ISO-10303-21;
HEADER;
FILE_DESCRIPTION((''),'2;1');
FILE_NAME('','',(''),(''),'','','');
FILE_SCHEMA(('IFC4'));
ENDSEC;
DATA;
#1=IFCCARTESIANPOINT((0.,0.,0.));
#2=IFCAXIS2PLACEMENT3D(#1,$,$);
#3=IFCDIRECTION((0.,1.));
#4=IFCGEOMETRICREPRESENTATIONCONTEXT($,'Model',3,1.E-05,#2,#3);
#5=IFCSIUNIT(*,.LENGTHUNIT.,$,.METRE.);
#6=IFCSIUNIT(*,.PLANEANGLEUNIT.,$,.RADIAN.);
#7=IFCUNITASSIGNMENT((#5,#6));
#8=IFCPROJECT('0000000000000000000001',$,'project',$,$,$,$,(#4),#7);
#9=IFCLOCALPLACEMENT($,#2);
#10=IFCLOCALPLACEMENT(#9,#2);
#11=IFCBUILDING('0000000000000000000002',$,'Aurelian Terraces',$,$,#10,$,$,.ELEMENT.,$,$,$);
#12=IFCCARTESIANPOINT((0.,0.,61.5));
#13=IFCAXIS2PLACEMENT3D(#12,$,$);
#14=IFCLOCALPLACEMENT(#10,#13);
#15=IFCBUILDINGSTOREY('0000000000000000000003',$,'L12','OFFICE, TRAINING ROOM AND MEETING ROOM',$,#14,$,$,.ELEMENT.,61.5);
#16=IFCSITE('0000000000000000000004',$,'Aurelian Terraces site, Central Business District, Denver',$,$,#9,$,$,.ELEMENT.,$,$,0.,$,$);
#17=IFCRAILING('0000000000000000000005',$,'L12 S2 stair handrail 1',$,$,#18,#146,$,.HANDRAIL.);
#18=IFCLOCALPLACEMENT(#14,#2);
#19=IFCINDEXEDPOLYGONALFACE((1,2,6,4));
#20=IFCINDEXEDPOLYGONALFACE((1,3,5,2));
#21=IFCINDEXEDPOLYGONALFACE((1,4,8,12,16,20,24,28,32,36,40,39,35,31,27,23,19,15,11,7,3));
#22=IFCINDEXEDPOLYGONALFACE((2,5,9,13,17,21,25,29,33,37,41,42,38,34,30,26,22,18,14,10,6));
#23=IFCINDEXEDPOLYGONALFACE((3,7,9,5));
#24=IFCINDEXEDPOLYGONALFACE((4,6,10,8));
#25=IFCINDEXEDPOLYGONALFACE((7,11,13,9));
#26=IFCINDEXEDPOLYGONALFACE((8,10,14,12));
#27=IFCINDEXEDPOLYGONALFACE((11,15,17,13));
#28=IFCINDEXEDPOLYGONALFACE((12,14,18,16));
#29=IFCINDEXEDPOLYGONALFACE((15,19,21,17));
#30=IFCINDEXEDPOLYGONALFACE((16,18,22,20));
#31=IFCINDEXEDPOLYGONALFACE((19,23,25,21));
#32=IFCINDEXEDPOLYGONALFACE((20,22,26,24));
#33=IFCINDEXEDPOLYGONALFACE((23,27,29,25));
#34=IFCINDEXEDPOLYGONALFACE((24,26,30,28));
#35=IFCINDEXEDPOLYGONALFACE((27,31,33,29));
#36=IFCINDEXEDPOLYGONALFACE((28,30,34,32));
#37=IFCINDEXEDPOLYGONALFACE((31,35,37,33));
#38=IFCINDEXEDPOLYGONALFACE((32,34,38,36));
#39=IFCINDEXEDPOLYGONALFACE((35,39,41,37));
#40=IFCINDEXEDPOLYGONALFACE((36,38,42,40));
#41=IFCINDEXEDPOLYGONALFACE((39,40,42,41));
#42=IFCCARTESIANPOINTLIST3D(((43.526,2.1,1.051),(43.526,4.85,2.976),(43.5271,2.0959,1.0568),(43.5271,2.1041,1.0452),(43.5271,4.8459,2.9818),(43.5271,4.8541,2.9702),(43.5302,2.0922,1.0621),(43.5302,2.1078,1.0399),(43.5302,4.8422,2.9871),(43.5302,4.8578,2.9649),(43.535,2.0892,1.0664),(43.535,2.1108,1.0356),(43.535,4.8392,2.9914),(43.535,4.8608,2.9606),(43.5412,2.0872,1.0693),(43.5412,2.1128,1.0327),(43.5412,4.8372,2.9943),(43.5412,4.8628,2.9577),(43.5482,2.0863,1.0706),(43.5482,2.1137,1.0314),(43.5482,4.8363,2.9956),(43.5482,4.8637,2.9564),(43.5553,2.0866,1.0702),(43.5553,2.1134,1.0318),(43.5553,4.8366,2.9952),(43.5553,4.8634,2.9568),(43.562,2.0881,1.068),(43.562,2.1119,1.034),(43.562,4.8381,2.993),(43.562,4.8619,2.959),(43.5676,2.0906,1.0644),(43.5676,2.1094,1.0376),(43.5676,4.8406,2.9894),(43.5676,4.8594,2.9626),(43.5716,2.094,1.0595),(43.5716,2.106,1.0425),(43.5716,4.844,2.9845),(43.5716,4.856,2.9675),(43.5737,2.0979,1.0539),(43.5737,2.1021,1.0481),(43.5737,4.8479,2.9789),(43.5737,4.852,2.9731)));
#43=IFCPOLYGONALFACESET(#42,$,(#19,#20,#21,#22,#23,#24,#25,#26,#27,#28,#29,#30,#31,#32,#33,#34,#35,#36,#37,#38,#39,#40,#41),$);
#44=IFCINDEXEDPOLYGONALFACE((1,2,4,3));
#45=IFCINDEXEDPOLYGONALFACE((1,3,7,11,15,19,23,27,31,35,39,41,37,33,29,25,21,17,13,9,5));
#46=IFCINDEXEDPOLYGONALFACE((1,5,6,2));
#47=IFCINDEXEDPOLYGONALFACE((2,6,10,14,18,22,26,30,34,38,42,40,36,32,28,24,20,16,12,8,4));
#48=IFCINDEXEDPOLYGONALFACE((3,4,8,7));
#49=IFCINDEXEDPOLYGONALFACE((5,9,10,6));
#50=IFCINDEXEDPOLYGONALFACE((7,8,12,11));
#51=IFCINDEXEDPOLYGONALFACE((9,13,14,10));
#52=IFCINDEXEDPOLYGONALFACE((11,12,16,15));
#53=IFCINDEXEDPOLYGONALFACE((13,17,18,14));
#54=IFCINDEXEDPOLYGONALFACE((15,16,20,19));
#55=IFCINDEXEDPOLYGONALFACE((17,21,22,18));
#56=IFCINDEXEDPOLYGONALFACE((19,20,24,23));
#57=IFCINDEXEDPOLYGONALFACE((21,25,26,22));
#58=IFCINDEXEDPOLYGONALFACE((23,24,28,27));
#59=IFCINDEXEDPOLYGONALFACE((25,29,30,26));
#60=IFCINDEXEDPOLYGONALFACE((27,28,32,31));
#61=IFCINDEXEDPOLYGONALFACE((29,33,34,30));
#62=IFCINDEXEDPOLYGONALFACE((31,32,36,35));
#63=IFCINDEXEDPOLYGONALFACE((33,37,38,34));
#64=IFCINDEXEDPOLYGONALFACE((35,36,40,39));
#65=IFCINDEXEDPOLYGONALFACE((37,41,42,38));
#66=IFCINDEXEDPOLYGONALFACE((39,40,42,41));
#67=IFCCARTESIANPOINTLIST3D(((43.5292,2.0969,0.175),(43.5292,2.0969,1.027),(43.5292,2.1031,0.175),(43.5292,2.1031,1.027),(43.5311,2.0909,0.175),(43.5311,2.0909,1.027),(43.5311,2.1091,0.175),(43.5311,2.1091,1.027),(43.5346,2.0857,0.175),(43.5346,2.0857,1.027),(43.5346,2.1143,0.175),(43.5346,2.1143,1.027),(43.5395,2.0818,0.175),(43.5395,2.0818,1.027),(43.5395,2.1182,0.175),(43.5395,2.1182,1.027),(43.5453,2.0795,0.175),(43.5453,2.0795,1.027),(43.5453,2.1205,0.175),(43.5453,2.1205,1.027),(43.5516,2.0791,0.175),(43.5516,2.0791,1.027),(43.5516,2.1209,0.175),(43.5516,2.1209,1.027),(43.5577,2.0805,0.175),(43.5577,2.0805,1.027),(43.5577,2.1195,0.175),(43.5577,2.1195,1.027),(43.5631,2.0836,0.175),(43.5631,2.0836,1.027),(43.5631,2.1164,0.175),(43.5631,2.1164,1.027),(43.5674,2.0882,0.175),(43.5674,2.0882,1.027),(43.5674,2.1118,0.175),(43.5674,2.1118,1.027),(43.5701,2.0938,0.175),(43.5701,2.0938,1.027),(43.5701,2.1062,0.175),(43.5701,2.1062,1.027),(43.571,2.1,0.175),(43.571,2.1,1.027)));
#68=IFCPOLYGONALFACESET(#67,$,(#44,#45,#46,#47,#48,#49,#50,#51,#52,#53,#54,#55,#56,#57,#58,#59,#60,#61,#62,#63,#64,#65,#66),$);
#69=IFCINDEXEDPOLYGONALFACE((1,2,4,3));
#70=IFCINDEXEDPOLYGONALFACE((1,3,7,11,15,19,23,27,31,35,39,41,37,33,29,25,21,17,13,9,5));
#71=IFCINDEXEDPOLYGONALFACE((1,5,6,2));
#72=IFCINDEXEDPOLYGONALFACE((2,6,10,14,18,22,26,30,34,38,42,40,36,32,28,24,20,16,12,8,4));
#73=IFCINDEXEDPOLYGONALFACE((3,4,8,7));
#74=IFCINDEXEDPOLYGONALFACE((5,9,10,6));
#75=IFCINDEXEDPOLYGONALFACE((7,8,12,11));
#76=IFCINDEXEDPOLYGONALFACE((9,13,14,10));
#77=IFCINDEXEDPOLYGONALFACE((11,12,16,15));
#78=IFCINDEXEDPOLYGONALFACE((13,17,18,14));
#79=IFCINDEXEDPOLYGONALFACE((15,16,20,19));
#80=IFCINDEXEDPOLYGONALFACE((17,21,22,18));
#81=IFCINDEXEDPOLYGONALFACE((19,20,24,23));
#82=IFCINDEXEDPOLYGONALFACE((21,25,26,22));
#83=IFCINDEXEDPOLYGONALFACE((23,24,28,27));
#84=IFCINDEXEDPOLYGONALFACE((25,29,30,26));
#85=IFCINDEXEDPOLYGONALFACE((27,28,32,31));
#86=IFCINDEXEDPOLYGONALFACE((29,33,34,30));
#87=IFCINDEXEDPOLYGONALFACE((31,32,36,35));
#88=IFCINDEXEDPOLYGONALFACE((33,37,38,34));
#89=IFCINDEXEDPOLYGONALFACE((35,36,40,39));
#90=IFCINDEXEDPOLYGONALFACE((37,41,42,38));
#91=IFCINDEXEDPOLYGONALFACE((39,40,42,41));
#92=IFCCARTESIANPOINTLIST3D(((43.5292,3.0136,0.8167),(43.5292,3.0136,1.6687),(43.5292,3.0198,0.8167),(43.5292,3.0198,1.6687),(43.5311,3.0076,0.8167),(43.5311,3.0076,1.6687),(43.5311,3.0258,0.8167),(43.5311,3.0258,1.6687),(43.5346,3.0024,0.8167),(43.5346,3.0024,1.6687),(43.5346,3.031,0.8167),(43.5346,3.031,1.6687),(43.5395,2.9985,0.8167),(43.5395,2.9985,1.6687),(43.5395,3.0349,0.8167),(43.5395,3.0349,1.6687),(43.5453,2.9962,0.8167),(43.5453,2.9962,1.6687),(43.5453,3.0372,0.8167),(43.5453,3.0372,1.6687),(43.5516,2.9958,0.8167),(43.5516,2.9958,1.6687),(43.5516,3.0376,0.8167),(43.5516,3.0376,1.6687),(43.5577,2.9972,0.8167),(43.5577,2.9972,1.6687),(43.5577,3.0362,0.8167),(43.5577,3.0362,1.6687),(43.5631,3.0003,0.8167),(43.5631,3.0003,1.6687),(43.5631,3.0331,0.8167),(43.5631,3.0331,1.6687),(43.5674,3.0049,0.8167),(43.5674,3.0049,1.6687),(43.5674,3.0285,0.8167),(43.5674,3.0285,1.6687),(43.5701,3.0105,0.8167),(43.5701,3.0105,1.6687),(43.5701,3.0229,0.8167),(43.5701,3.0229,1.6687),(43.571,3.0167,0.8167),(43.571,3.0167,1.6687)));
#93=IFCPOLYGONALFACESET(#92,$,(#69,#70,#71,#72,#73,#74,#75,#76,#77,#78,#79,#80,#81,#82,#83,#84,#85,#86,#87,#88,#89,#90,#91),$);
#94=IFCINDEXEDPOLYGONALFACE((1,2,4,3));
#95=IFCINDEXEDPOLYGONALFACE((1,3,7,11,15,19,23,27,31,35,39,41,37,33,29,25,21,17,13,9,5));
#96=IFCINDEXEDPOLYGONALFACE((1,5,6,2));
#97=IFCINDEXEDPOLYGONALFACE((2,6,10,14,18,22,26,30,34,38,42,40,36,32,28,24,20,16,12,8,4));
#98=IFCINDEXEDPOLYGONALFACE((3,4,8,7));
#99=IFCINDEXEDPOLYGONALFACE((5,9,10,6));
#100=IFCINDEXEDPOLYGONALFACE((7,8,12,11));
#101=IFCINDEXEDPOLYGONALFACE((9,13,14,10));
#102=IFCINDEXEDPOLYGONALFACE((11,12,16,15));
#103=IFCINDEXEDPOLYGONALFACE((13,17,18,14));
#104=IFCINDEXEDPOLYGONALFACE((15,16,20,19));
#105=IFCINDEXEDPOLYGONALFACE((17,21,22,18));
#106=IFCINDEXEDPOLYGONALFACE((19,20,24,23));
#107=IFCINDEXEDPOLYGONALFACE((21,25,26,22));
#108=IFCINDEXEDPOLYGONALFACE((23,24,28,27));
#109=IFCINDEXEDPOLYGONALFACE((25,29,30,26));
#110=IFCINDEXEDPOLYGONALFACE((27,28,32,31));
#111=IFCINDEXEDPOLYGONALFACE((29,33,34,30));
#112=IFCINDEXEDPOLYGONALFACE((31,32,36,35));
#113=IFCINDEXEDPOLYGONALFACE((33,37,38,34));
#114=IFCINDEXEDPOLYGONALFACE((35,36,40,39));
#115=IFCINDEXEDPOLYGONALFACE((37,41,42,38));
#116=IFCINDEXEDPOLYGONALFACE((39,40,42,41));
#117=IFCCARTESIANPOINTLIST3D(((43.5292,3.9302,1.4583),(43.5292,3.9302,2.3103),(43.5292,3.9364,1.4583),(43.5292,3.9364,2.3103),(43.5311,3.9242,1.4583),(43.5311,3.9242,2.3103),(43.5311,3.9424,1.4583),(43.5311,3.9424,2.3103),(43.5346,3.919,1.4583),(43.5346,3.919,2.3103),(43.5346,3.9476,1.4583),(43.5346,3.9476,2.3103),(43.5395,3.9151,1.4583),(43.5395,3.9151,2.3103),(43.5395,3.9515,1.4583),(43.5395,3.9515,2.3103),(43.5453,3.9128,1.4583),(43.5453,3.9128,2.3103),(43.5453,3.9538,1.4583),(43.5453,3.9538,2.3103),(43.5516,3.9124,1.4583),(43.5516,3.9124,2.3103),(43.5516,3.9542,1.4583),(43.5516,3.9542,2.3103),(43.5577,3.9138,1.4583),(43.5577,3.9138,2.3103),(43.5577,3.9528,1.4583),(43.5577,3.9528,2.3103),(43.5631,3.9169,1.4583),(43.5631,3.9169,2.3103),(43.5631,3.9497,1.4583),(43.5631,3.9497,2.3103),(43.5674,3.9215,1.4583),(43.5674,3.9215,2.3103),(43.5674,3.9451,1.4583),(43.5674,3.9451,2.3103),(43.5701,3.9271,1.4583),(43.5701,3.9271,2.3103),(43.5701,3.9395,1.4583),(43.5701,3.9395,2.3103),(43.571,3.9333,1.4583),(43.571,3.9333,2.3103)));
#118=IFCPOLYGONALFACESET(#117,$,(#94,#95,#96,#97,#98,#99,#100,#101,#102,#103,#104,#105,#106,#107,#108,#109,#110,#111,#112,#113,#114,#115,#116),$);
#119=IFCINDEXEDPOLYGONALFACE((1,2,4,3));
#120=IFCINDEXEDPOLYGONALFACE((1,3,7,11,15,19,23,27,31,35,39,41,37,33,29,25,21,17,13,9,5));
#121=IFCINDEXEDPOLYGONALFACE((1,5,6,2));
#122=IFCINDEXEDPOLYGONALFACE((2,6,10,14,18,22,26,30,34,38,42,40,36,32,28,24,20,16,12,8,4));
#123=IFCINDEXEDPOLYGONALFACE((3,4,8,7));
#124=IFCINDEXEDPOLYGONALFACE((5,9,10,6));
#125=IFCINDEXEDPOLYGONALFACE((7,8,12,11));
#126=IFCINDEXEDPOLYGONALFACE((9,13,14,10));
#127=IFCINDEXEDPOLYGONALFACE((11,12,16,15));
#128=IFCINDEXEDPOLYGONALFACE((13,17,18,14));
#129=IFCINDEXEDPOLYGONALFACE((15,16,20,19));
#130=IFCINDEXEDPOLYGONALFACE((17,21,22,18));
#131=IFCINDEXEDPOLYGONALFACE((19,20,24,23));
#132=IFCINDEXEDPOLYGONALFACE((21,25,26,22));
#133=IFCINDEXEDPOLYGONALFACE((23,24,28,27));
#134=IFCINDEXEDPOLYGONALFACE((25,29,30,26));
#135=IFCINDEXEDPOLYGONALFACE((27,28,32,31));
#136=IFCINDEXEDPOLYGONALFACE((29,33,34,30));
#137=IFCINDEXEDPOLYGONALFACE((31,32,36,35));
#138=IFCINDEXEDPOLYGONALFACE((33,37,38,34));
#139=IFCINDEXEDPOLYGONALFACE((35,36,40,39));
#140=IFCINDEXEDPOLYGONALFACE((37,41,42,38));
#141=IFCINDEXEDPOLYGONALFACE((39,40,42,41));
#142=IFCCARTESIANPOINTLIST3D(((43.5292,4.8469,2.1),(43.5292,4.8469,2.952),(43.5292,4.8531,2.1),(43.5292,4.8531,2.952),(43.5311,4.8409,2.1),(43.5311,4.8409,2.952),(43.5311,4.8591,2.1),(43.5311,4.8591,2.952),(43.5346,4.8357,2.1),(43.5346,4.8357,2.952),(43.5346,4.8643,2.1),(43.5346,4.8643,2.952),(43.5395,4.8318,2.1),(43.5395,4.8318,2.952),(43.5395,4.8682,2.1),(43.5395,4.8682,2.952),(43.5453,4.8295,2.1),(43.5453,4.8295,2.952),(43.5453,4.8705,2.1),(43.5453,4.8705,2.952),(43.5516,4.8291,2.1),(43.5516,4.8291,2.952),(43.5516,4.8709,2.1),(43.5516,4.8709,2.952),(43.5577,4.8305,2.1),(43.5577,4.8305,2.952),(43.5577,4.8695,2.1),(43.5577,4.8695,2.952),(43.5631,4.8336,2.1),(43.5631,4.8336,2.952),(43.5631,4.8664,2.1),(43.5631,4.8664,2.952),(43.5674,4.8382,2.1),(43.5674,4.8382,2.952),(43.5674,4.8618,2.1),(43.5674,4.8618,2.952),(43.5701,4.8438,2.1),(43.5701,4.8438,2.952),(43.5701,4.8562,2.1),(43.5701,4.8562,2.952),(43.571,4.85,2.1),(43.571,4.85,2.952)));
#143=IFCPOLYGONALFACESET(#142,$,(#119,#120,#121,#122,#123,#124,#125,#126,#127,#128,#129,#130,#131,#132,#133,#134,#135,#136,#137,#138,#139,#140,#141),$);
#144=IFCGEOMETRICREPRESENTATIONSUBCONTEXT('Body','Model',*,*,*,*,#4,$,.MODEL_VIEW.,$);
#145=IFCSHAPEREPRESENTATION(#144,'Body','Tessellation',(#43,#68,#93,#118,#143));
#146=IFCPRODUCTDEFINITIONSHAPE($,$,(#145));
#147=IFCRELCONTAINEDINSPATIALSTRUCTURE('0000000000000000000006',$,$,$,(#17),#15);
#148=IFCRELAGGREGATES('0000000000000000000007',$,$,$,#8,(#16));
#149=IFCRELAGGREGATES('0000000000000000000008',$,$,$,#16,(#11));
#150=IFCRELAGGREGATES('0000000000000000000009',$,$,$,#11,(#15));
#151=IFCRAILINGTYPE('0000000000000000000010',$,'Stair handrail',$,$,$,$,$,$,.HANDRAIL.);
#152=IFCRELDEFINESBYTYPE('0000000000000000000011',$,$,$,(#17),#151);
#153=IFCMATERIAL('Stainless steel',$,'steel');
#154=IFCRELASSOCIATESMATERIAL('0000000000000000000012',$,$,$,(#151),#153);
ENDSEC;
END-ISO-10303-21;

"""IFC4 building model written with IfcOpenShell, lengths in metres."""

from ifc_helpers import new_model, si_unit, direction, frame, origin, origin_2d, place, context, subcontext, project, spatial, circle, extrude, source, transform, mapped, material, type_object, element, save


model = new_model("IFC4")

# Units and contexts
model_context = context("Model", 3, precision=1e-05, world=origin(), true_north=direction((0.0, 1.0)))
body_context = subcontext(model_context, "Body", "Model", "MODEL_VIEW")
ifc_project = project(units=[si_unit("LENGTHUNIT", "METRE"), si_unit("PLANEANGLEUNIT", "RADIAN")], contexts=[model_context])

# Site, building, storey
site_placement = place(None, origin())
site = spatial("IfcSite", under=ifc_project, at=site_placement, Name="Aurelian Terraces site, Central Business District, Denver", CompositionType="ELEMENT", RefElevation=0.0)
building_placement = place(site_placement, origin())
building = spatial("IfcBuilding", under=site, at=building_placement, Name="Aurelian Terraces", CompositionType="ELEMENT")
storey_placement = place(building_placement, frame((0.0, 0.0, 61.5)))
storey = spatial("IfcBuildingStorey", under=building, at=storey_placement, Name="L12", Description="OFFICE, TRAINING ROOM AND MEETING ROOM", CompositionType="ELEMENT", Elevation=61.5)

# Railing
ifc_material_1 = material(Name="Stainless steel", Category="steel")
railing_type_1 = type_object("IfcRailingType", Name="Stair handrail", PredefinedType="HANDRAIL", material=ifc_material_1)
shared_shape_1 = source(origin(), body_context, "Body", "SweptSolid", [
    extrude(circle(Radius=0.024, at=origin_2d()), frame((0.0, 0.0, 0.876), z_axis=(0.0, 0.819232, 0.573462), x_axis=(-1.0, 0.0, 0.0)), (0.0, 0.0, 1.0), 3.3568),
    extrude(circle(Radius=0.021, at=origin_2d()), origin(), (0.0, 0.0, 1.0), 0.852),
    extrude(circle(Radius=0.021, at=origin_2d()), frame((0.0, 0.9167, 0.6417)), (0.0, 0.0, 1.0), 0.852),
    extrude(circle(Radius=0.021, at=origin_2d()), frame((0.0, 1.8333, 1.2833)), (0.0, 0.0, 1.0), 0.852),
    extrude(circle(Radius=0.021, at=origin_2d()), frame((0.0, 2.75, 1.925)), (0.0, 0.0, 1.0), 0.852),
])
railing_1_placement = place(storey_placement, frame((43.55, 2.1, 0.175)))
element("IfcRailing", 1, at=railing_1_placement, inside=storey, type_object=railing_type_1, Name="L12 S2 stair handrail 1", PredefinedType="HANDRAIL", context=body_context, shape_type="MappedRepresentation", body=[
    mapped(shared_shape_1, transform((0.0, 0.0, 0.0), scale=1.0)),
])

save(model, "model.ifc")
